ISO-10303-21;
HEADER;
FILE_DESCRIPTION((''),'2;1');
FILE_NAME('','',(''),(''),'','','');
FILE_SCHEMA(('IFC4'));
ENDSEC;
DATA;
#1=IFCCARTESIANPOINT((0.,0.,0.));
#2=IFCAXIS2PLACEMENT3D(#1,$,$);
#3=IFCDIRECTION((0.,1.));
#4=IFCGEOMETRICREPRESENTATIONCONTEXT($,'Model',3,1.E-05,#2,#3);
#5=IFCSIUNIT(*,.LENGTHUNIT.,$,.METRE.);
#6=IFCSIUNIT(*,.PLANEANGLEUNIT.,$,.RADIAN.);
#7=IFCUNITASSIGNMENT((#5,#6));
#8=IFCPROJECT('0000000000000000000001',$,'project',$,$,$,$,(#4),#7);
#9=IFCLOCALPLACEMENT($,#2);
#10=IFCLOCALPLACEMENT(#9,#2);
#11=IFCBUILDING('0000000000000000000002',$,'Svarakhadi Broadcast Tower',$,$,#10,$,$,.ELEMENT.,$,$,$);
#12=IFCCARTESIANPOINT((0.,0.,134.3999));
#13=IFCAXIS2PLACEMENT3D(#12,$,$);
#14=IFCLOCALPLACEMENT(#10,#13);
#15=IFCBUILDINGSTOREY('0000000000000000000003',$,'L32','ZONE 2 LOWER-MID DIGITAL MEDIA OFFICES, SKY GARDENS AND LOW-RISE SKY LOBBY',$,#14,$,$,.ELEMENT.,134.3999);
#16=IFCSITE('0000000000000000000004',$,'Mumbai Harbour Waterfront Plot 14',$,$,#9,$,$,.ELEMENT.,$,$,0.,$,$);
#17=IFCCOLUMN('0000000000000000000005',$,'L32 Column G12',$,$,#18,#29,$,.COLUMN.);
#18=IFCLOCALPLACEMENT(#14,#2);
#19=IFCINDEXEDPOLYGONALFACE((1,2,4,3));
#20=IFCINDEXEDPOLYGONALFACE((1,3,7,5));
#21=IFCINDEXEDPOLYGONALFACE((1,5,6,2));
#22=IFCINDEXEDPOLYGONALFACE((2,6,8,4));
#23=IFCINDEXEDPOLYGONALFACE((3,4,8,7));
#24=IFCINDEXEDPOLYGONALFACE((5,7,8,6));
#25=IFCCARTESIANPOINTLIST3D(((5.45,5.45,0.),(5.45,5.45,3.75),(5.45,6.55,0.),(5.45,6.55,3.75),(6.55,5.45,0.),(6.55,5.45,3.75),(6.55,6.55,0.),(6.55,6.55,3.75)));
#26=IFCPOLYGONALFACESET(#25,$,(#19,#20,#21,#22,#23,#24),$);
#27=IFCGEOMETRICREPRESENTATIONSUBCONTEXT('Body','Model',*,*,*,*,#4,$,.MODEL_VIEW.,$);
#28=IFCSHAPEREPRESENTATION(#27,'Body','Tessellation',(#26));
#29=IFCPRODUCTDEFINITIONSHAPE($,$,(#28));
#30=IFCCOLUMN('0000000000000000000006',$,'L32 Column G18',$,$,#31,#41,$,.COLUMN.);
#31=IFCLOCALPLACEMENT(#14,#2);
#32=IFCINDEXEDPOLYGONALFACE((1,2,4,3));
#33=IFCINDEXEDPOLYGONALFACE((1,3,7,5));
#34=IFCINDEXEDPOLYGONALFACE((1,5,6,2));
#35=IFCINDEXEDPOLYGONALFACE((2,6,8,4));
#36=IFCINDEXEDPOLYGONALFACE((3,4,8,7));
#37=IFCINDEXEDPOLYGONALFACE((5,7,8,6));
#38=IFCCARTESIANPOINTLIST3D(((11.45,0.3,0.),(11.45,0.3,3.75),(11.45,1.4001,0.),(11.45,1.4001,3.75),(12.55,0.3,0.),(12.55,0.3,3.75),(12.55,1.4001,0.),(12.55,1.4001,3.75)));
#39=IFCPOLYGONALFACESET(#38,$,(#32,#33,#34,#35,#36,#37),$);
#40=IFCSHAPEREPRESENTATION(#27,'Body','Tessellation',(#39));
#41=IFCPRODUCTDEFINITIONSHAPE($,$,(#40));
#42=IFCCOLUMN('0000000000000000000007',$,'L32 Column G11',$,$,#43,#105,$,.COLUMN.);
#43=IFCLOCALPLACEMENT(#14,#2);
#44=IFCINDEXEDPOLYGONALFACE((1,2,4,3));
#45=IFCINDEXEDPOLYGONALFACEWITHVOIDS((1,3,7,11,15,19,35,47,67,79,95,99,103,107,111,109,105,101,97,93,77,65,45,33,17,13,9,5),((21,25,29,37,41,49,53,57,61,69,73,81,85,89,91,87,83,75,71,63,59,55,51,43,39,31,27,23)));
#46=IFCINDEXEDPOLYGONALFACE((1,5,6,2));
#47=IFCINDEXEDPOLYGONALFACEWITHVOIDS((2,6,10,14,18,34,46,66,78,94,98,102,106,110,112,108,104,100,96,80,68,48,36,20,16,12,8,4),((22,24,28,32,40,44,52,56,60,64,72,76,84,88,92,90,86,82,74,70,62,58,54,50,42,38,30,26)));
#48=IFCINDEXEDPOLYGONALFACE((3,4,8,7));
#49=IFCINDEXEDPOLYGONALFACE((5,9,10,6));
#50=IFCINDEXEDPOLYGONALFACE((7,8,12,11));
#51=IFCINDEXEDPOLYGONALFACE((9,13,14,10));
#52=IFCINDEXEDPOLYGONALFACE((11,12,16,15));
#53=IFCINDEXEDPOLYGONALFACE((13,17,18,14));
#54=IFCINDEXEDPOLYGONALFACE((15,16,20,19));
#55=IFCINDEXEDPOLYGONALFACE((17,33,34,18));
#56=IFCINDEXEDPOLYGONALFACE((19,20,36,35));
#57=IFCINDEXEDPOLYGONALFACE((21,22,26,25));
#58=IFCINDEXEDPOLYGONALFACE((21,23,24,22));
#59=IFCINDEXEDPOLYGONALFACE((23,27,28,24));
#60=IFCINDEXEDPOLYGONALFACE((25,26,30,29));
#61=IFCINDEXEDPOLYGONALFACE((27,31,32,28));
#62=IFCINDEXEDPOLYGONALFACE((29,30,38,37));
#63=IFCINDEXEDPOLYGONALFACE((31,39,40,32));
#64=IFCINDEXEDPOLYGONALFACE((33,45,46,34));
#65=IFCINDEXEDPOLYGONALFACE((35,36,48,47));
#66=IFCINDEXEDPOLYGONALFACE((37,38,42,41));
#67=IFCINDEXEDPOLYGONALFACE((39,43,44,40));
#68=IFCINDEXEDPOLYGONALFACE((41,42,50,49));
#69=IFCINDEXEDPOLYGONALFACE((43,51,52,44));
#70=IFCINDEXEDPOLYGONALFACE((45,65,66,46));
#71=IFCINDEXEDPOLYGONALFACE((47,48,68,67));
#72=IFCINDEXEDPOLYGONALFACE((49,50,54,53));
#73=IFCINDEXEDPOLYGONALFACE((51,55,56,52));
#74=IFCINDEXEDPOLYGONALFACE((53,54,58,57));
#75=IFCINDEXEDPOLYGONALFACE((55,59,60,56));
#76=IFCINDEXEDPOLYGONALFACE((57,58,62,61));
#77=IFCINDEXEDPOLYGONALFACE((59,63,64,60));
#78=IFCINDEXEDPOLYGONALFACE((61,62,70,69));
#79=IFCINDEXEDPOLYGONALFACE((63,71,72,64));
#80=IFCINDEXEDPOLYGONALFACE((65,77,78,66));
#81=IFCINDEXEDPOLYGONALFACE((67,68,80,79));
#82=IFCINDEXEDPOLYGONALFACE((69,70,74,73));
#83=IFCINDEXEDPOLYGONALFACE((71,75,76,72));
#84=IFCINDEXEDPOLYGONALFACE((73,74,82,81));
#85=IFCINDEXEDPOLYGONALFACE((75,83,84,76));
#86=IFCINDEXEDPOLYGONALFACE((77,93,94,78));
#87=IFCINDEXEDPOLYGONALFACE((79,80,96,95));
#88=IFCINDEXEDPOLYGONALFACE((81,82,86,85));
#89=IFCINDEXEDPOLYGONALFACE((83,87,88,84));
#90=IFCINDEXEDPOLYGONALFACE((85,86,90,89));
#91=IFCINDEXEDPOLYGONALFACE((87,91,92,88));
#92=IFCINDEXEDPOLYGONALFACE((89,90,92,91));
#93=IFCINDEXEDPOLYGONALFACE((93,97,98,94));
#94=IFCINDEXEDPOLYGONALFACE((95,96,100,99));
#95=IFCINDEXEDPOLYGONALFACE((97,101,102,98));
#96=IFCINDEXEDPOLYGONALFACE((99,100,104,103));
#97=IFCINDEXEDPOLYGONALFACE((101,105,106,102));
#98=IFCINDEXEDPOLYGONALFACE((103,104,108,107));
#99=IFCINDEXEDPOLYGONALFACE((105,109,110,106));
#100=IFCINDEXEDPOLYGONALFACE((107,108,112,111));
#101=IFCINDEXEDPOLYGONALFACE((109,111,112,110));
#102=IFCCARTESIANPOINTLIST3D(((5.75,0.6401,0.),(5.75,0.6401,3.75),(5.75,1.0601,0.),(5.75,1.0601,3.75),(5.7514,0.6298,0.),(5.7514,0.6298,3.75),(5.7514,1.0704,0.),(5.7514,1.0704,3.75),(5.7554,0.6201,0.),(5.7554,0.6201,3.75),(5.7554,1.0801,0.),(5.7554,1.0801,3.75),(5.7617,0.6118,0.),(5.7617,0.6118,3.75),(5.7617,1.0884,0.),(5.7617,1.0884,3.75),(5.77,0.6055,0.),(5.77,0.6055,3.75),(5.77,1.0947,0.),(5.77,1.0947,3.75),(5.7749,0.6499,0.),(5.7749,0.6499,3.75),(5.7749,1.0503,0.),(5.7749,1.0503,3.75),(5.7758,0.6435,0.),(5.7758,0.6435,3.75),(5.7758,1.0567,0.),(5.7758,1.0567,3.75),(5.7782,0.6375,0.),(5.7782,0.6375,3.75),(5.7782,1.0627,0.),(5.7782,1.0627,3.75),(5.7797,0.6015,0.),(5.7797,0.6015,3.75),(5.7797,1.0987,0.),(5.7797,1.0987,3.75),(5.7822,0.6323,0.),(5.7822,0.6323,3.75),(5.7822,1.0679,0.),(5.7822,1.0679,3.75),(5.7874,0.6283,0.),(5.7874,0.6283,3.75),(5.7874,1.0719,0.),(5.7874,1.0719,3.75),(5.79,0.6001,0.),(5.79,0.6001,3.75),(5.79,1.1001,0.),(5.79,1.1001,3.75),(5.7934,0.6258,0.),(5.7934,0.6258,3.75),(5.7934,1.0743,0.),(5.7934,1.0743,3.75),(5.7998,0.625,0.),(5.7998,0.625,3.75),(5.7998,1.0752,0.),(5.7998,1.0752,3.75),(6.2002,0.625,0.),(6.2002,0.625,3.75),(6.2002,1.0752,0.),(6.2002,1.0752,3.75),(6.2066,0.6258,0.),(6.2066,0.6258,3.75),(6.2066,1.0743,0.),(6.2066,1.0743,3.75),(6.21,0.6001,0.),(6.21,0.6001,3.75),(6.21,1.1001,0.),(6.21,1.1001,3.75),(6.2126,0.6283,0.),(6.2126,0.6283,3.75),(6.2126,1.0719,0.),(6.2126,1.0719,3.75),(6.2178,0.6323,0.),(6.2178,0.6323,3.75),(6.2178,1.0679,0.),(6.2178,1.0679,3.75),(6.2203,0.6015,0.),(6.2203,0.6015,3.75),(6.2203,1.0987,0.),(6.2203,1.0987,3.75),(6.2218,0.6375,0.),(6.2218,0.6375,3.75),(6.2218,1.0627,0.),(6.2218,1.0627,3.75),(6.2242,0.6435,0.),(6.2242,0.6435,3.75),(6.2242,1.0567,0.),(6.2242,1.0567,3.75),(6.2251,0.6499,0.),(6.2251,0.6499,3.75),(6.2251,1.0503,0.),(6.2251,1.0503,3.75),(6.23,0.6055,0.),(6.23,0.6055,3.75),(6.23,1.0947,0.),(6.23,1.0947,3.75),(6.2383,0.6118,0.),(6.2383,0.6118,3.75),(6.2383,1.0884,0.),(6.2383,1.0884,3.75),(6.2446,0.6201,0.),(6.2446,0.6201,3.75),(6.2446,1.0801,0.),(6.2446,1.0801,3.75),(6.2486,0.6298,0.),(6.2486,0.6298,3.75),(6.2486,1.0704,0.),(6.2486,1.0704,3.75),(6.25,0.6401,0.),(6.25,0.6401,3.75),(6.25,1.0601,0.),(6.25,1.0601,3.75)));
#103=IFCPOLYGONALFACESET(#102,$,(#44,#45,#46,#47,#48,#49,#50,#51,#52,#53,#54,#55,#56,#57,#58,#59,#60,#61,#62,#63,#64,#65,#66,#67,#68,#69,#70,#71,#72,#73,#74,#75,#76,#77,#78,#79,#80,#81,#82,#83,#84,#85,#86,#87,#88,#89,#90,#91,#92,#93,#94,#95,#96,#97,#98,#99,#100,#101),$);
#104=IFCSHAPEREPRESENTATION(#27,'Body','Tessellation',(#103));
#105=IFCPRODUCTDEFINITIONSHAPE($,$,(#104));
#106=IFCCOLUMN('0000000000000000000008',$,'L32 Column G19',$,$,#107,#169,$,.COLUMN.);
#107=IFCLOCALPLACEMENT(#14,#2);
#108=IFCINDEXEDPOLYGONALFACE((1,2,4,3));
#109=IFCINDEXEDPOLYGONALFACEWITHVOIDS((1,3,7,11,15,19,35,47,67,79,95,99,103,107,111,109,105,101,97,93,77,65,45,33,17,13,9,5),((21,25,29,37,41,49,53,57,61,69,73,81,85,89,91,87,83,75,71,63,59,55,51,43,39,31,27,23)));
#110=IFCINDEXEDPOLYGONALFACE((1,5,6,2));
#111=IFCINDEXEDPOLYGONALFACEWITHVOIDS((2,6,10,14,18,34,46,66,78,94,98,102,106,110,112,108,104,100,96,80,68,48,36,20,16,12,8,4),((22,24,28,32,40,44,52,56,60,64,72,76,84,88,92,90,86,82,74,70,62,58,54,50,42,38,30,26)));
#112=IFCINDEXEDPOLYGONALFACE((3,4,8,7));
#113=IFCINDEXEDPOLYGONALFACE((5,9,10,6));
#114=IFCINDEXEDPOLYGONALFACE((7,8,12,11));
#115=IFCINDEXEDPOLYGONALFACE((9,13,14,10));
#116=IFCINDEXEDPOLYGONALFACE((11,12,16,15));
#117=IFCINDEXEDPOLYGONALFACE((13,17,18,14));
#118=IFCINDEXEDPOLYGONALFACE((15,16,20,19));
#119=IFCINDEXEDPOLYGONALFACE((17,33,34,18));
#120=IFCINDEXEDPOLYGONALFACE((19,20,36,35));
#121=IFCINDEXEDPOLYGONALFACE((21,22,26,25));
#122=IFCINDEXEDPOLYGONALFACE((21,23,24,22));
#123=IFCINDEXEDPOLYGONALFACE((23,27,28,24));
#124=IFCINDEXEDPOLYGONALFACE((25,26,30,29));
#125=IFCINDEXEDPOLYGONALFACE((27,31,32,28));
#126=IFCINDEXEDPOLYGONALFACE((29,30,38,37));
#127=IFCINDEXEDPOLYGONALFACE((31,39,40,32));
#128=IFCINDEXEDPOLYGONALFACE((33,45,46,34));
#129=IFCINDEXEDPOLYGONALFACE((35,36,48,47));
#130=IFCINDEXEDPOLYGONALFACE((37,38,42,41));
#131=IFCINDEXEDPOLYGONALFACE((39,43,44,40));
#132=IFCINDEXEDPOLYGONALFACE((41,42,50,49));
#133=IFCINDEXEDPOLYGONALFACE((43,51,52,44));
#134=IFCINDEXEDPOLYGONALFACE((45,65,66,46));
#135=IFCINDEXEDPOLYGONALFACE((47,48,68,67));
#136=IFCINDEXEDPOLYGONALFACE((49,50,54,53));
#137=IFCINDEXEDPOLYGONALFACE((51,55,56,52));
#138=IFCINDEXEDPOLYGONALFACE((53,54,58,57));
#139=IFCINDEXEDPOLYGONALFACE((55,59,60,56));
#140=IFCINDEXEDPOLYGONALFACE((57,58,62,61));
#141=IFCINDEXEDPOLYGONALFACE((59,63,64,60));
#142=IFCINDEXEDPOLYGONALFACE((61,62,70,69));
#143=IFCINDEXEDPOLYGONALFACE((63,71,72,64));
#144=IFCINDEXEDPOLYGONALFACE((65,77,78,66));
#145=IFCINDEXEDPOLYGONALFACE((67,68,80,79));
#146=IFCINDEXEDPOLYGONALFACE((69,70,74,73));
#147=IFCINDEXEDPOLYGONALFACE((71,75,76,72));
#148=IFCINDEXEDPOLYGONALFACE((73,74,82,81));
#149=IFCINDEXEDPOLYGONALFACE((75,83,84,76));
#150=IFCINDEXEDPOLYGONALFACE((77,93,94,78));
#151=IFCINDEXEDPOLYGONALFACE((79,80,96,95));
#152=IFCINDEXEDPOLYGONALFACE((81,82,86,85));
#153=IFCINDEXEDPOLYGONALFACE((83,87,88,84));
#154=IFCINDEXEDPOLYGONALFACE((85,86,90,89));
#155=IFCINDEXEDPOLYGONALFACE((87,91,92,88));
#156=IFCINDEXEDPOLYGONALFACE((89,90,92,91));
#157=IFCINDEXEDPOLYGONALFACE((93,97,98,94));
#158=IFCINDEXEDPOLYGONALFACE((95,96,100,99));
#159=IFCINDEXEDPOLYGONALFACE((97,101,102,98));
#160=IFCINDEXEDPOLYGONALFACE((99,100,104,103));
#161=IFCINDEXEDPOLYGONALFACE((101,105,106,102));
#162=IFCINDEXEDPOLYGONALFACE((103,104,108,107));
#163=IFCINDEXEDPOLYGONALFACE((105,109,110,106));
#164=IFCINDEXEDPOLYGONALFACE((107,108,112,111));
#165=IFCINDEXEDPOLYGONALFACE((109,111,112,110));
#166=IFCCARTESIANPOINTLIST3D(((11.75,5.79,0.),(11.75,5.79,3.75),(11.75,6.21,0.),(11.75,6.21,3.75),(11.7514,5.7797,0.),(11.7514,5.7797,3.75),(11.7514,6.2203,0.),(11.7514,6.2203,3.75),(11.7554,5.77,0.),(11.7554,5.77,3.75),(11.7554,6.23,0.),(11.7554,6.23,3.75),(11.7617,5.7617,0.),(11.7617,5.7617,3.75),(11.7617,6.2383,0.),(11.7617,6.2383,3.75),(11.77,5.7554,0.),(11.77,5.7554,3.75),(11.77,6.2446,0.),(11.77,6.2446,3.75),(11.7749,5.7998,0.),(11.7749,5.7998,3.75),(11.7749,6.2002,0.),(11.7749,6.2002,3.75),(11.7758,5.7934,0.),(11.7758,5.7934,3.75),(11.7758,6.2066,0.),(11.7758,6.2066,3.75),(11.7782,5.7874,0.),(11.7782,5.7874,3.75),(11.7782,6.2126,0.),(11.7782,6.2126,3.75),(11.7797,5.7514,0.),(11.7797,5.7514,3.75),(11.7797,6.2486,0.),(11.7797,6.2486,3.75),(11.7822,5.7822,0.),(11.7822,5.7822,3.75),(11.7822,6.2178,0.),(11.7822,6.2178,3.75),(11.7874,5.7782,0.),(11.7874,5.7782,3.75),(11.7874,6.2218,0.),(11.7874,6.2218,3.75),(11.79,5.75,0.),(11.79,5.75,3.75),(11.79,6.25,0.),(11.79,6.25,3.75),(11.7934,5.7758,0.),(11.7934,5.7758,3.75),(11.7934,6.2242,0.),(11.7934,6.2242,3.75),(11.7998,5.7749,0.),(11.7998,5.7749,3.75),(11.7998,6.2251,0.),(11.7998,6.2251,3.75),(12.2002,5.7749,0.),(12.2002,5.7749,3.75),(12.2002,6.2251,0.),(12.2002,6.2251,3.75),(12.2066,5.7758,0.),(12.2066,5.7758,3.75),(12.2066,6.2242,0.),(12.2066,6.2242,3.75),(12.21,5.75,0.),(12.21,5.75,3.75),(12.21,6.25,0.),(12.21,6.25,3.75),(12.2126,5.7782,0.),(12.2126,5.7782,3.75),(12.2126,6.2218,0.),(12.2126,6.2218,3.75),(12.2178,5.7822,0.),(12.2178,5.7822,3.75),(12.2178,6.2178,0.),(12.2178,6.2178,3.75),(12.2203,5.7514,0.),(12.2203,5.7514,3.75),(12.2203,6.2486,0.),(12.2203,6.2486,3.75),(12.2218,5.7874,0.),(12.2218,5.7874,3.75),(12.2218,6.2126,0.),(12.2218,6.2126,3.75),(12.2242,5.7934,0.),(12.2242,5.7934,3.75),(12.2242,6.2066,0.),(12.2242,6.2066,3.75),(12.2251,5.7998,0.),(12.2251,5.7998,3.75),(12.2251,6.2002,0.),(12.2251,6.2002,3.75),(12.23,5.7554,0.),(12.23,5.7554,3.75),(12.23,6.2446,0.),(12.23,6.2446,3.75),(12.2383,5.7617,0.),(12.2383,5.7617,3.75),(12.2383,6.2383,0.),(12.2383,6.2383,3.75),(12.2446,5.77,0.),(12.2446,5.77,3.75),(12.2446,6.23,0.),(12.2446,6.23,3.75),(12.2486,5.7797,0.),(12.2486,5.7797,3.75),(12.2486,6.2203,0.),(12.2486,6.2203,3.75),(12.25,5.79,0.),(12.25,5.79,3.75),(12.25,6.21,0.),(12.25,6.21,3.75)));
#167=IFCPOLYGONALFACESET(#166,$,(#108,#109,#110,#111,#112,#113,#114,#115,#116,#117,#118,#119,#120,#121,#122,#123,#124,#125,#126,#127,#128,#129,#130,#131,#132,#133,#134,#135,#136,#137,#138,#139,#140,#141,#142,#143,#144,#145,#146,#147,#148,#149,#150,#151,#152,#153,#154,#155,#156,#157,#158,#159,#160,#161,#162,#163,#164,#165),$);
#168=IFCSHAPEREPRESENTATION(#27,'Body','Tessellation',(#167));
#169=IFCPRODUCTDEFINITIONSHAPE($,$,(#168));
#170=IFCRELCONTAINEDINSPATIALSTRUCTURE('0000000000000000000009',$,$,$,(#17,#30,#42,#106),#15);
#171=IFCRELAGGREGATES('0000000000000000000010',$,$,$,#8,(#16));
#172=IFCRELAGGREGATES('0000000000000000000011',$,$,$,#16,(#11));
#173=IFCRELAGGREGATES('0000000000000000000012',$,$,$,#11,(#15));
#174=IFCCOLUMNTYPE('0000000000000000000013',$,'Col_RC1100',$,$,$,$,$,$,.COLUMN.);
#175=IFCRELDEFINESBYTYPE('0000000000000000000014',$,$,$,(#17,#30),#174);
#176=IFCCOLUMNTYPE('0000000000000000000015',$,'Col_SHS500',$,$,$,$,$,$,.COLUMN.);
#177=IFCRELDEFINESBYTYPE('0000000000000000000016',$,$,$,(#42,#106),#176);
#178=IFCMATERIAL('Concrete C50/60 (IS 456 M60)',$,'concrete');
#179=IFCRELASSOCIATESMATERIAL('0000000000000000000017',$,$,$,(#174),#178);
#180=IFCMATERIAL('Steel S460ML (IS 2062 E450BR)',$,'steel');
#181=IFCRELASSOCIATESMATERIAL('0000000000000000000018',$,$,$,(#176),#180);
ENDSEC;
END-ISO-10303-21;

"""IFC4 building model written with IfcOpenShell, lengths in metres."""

from ifc_helpers import new_model, si_unit, direction, frame, origin, origin_2d, place, context, subcontext, project, spatial, rectangle, hollow_rectangle, extrude, material, material_profile, profile_set, type_object, element, save


model = new_model("IFC4")

# Units and contexts
model_context = context("Model", 3, precision=1e-05, world=origin(), true_north=direction((0.0, 1.0)))
body_context = subcontext(model_context, "Body", "Model", "MODEL_VIEW")
ifc_project = project(units=[si_unit("LENGTHUNIT", "METRE"), si_unit("PLANEANGLEUNIT", "RADIAN")], contexts=[model_context])

# Site, building, storey
site_placement = place(None, origin())
site = spatial("IfcSite", under=ifc_project, at=site_placement, Name="Mumbai Harbour Waterfront Plot 14", CompositionType="ELEMENT", RefElevation=0.0)
building_placement = place(site_placement, origin())
building = spatial("IfcBuilding", under=site, at=building_placement, Name="Svarakhadi Broadcast Tower", CompositionType="ELEMENT")
storey_placement = place(building_placement, frame((0.0, 0.0, 134.3999)))
storey = spatial("IfcBuildingStorey", under=building, at=storey_placement, Name="L32", Description="ZONE 2 LOWER-MID DIGITAL MEDIA OFFICES, SKY GARDENS AND LOW-RISE SKY LOBBY", CompositionType="ELEMENT", Elevation=134.3999)

# Columns
ifc_material_1 = material(Name="Concrete C50/60 (IS 456 M60)", Category="concrete")
ifc_material_profile_1 = material_profile(ifc_material_1, rectangle(XDim=1.1001, YDim=1.1001, at=origin_2d()), Name="RC 1100x1100")
ifc_profile_set_1 = profile_set([ifc_material_profile_1], Name="Concrete C50/60 (IS 456 M60)")
column_type_1 = type_object("IfcColumnType", Name="Col_RC1100", PredefinedType="COLUMN", material=ifc_profile_set_1)
for number, where, z_axis, x_axis, name in (
    (1, (6.0, 6.0, 0.0), (0.0, 0.0, 1.0), (1.0, 0.0, 0.0), "L32 Column G12"),
    (2, (12.0, 0.8501, 0.0), (0.0, 0.0, 1.0), (1.0, 0.0, 0.0), "L32 Column G18"),
):
    element("IfcColumn", number, at=place(storey_placement, frame(where, z_axis=z_axis, x_axis=x_axis)), inside=storey, type_object=column_type_1, Name=name, PredefinedType="COLUMN", context=body_context, shape_type="SweptSolid", body=[
        extrude(rectangle(XDim=1.1001, YDim=1.1001, at=origin_2d()), origin(), (0.0, 0.0, 1.0), 3.75),
    ])
ifc_material_2 = material(Name="Steel S460ML (IS 2062 E450BR)", Category="steel")
ifc_material_profile_2 = material_profile(ifc_material_2, hollow_rectangle(XDim=0.5, YDim=0.5, WallThickness=0.0249, InnerFilletRadius=0.0249, OuterFilletRadius=0.04, at=origin_2d()), Name="SHS 500x500x25")
ifc_profile_set_2 = profile_set([ifc_material_profile_2], Name="Steel S460ML (IS 2062 E450BR)")
column_type_2 = type_object("IfcColumnType", Name="Col_SHS500", PredefinedType="COLUMN", material=ifc_profile_set_2)
for number, where, z_axis, x_axis, name in (
    (3, (6.0, 0.8501, 0.0), (0.0, 0.0, 1.0), (1.0, 0.0, 0.0), "L32 Column G11"),
    (4, (12.0, 6.0, 0.0), (0.0, 0.0, 1.0), (1.0, 0.0, 0.0), "L32 Column G19"),
):
    element("IfcColumn", number, at=place(storey_placement, frame(where, z_axis=z_axis, x_axis=x_axis)), inside=storey, type_object=column_type_2, Name=name, PredefinedType="COLUMN", context=body_context, shape_type="SweptSolid", body=[
        extrude(hollow_rectangle(XDim=0.5, YDim=0.5, WallThickness=0.0249, InnerFilletRadius=0.0249, OuterFilletRadius=0.04, at=origin_2d()), origin(), (0.0, 0.0, 1.0), 3.75),
    ])

save(model, "model.ifc")
